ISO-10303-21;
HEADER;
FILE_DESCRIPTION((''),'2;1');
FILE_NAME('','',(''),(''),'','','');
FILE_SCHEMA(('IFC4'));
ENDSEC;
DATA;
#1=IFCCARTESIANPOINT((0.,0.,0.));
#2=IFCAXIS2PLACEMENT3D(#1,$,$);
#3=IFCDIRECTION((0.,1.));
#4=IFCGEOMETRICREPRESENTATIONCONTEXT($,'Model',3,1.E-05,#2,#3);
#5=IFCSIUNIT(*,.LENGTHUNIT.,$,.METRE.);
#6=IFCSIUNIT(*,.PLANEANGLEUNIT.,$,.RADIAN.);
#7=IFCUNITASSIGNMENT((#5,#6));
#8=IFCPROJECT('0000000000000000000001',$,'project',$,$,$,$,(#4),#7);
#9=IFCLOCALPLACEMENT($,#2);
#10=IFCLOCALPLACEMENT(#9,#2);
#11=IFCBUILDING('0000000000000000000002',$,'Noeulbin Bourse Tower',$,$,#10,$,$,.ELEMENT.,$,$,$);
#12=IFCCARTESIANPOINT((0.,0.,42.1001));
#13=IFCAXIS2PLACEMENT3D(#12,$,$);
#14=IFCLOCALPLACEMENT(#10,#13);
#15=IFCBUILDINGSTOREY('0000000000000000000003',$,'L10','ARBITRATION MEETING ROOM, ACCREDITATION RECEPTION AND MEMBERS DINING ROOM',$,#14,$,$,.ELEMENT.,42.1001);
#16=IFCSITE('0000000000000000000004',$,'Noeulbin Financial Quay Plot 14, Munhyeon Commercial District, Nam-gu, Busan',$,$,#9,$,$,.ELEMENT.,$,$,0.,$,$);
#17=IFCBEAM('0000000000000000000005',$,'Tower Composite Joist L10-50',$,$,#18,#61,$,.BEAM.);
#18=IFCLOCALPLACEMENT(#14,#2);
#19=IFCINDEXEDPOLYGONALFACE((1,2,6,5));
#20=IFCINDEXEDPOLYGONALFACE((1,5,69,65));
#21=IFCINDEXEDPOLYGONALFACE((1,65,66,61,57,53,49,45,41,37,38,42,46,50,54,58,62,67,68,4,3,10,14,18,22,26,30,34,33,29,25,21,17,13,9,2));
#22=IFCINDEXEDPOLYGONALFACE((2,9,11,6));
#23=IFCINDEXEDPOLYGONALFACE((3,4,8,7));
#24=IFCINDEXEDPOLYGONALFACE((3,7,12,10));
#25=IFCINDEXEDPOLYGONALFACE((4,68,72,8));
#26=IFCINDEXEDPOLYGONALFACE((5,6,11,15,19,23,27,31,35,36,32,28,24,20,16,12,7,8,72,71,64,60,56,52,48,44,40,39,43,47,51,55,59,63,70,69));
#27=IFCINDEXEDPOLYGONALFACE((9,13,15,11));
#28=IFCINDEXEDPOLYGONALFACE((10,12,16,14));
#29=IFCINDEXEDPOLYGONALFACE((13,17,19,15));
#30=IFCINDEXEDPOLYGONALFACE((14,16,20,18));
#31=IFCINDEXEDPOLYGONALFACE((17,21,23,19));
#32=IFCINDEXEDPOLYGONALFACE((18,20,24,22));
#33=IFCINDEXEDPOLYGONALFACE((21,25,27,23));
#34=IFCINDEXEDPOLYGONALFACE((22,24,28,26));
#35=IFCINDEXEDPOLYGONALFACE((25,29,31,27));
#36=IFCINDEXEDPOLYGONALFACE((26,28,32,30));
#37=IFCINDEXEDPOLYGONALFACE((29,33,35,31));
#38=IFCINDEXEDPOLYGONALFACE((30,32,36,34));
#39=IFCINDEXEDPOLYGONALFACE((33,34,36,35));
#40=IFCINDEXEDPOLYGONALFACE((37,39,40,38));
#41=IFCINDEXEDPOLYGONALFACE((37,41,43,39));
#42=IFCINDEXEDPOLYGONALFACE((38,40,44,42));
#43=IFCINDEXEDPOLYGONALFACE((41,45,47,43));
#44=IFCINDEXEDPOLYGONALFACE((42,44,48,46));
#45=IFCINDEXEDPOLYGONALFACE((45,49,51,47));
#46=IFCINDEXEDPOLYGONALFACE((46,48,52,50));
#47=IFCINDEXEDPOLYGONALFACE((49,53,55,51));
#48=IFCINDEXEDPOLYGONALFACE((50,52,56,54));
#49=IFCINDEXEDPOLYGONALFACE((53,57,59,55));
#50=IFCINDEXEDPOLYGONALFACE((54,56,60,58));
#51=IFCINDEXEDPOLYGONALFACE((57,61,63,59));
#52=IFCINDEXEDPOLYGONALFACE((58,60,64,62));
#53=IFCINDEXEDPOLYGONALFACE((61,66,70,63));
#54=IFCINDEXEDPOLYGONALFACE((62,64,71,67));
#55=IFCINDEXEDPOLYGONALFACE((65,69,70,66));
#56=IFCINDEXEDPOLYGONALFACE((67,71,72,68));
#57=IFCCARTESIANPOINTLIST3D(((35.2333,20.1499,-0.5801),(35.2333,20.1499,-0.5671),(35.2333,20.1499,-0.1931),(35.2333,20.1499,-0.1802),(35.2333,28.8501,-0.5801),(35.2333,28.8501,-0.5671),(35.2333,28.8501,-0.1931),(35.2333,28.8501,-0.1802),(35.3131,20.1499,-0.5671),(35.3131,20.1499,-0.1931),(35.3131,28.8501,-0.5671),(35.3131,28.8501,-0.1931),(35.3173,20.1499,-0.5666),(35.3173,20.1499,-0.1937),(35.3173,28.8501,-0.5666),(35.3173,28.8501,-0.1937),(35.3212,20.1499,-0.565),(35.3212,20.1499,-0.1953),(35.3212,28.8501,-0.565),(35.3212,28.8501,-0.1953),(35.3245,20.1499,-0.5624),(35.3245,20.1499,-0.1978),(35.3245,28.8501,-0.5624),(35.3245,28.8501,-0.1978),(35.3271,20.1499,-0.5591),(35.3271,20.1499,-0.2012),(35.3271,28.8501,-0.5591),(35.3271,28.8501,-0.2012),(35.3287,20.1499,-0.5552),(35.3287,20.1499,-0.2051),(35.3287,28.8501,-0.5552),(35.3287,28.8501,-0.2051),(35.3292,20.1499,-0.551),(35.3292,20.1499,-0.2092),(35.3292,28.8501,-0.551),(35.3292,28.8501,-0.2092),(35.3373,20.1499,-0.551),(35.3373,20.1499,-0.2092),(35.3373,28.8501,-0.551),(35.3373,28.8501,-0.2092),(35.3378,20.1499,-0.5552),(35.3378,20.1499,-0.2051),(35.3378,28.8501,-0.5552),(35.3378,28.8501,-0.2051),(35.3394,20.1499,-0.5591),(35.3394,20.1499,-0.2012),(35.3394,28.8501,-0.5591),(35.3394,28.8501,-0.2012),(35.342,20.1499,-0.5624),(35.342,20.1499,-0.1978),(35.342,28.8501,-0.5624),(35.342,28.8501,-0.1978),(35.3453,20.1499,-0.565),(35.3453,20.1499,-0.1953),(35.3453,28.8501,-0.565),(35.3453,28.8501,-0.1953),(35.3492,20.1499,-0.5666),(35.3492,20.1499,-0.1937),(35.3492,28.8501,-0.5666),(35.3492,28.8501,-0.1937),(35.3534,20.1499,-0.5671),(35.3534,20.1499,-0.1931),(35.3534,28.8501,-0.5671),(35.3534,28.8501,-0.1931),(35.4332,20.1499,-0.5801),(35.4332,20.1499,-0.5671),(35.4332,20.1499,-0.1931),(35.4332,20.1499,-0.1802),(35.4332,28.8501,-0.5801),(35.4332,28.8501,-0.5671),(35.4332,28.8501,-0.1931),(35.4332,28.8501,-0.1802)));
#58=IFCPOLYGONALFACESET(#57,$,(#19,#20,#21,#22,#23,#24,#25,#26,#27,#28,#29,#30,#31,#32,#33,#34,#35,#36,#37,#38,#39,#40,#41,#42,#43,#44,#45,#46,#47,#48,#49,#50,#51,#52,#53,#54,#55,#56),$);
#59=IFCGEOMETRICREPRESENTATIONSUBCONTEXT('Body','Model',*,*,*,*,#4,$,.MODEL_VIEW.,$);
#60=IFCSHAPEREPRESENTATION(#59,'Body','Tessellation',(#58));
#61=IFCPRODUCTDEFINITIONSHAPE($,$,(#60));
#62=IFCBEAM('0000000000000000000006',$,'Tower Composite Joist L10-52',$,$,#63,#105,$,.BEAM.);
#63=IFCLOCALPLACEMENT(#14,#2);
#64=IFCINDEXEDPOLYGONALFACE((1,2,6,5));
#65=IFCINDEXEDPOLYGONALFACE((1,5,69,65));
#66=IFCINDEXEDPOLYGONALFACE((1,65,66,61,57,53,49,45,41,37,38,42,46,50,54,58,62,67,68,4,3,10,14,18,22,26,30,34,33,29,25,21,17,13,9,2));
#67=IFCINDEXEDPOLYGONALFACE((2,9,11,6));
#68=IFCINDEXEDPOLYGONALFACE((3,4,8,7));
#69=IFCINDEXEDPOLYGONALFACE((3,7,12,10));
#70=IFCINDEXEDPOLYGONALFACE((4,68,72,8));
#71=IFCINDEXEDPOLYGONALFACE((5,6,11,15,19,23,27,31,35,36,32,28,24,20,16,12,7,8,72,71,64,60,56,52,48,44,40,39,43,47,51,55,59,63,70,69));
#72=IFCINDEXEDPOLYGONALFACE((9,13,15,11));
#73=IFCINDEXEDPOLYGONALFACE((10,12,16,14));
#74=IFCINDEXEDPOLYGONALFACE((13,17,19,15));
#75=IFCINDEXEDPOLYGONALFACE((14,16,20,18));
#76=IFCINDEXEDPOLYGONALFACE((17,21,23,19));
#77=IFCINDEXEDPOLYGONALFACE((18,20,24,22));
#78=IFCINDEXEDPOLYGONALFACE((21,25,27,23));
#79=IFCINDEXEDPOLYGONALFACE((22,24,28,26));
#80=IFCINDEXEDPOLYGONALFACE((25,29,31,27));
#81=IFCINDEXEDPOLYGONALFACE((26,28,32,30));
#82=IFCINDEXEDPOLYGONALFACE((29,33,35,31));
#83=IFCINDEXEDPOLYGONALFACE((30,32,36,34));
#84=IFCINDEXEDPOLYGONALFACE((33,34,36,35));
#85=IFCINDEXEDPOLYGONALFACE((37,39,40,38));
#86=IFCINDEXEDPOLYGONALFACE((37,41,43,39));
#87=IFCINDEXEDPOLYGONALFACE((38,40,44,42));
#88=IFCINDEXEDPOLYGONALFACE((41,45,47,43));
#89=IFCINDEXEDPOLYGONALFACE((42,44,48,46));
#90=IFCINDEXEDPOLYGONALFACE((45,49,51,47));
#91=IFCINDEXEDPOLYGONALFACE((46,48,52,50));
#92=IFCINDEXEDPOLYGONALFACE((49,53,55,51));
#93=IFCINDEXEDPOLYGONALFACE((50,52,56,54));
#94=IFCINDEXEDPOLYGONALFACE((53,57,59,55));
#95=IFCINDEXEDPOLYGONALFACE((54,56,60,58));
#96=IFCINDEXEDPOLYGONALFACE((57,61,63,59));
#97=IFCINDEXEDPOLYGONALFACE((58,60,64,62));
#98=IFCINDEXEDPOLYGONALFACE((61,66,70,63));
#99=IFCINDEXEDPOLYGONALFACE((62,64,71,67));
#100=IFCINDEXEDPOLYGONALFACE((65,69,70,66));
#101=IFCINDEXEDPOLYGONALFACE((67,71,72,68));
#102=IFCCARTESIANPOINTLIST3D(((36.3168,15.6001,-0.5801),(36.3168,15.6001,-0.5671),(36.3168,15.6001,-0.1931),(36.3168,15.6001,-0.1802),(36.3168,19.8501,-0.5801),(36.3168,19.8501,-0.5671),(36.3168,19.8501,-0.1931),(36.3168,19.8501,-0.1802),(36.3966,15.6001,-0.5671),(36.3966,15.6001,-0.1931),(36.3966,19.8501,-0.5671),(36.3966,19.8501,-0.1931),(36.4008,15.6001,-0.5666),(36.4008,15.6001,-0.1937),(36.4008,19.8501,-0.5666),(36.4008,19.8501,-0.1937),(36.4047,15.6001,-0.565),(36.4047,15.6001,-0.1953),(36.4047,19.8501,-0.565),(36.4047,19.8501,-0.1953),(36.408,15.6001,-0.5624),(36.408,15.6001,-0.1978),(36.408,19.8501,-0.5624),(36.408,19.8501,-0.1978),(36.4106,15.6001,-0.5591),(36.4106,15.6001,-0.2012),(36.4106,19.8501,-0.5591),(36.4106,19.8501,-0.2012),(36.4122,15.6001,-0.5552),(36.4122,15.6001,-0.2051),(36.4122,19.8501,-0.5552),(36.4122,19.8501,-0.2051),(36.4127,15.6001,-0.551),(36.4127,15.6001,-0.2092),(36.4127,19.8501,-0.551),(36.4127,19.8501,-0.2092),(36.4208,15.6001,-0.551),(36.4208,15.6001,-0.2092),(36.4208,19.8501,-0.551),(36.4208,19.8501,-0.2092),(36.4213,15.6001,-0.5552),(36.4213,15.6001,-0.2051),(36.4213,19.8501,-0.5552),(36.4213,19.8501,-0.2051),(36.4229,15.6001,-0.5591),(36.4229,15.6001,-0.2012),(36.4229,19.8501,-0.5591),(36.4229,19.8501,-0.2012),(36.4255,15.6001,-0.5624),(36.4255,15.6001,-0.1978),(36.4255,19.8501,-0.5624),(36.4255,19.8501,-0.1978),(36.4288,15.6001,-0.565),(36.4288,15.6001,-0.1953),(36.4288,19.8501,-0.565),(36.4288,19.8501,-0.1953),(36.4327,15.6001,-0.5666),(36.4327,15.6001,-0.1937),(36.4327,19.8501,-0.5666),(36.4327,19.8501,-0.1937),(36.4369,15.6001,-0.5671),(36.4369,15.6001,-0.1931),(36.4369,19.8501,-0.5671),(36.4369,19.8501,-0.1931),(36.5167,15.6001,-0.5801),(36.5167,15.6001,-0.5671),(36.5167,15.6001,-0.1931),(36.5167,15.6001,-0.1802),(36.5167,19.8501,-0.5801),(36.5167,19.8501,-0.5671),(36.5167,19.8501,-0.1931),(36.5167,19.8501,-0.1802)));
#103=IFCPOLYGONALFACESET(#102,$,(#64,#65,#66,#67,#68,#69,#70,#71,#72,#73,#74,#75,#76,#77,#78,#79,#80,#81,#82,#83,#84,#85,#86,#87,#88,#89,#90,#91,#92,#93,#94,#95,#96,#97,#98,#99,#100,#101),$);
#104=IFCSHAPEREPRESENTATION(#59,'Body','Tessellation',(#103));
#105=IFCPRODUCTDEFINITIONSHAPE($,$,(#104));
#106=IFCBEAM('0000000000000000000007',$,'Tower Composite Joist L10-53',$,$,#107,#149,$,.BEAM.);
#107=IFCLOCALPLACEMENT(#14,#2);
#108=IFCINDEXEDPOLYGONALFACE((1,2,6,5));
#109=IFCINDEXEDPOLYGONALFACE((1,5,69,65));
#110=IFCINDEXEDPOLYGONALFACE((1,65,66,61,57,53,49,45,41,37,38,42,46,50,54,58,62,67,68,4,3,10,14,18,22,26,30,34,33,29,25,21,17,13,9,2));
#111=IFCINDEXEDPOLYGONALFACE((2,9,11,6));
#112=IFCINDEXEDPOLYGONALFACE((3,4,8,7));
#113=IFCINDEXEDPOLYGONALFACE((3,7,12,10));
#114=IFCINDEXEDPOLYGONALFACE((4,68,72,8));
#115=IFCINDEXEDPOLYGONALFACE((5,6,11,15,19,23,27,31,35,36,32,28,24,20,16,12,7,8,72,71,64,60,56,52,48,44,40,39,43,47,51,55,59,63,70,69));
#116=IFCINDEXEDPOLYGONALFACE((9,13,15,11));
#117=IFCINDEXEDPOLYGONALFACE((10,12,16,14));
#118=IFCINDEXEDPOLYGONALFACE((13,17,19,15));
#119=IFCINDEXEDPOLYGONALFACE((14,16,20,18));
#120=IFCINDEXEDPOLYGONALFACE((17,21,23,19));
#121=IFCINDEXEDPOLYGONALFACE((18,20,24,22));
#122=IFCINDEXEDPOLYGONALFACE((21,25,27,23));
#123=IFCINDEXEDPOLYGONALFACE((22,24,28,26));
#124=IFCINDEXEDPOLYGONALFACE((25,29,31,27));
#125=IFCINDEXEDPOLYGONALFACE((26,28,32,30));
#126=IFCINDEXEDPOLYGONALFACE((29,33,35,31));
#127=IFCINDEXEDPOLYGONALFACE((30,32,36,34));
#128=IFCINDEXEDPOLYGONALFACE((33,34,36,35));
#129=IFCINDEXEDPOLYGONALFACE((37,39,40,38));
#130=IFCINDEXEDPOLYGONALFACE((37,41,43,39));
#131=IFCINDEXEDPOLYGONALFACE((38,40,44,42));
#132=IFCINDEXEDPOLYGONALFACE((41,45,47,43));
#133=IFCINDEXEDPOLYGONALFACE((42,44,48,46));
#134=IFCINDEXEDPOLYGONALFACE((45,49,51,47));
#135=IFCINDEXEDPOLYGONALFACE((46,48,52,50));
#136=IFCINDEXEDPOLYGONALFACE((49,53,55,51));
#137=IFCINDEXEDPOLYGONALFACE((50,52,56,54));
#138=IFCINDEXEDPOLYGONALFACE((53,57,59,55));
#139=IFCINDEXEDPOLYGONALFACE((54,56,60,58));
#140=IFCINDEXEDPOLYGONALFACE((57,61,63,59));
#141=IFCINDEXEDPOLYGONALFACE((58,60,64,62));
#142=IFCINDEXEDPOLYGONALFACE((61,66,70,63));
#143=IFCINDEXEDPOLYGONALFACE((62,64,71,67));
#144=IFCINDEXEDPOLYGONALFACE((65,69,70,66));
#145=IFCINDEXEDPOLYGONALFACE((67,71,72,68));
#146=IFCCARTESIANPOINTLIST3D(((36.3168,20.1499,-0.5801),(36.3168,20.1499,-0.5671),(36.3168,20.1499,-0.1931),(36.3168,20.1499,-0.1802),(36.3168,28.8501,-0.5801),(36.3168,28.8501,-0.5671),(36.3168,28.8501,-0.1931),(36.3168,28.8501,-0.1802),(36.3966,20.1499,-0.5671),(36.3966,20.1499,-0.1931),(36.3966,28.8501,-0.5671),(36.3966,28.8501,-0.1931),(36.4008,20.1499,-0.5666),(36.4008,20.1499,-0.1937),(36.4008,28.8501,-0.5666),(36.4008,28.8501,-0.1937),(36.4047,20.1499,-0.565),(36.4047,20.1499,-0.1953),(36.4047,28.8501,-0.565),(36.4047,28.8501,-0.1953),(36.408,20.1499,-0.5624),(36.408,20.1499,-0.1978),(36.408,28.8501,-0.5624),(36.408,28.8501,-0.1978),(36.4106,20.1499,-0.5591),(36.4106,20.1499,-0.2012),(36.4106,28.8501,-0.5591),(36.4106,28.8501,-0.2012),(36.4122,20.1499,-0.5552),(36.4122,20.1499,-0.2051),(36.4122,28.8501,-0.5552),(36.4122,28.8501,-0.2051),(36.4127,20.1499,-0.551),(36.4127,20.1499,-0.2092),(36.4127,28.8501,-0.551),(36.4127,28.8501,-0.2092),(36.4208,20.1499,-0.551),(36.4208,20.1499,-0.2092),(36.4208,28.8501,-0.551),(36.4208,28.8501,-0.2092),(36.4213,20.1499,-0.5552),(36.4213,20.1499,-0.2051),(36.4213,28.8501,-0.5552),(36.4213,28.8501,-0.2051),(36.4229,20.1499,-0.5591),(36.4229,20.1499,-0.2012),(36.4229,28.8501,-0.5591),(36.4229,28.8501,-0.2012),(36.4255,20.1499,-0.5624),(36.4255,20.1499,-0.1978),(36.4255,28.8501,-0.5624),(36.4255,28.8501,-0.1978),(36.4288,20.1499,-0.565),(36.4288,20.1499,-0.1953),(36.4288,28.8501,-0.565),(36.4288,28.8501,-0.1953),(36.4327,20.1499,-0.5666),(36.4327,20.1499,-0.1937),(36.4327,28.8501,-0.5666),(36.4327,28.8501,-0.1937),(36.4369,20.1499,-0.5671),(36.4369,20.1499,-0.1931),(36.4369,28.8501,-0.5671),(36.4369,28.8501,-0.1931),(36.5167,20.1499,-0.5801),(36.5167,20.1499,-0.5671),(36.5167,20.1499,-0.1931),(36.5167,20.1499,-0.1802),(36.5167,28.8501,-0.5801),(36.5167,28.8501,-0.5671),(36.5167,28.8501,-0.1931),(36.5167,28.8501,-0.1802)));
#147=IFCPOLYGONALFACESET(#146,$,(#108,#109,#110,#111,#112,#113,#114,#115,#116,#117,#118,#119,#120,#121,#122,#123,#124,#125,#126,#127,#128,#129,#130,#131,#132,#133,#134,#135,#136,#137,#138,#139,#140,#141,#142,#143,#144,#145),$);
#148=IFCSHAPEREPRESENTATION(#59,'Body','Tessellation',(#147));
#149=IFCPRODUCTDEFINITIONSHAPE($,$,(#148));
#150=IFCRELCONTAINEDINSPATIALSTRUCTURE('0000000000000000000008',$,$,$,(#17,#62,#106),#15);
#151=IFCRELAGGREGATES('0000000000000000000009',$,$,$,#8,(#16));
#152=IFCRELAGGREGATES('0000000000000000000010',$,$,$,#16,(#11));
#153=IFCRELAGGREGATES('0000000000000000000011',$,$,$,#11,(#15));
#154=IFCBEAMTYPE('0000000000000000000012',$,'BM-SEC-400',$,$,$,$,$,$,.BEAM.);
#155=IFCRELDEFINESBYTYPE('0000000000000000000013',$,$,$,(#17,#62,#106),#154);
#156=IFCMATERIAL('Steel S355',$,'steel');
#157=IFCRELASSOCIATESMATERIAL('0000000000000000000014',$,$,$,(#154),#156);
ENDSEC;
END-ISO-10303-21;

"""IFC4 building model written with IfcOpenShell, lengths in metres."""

from ifc_helpers import new_model, si_unit, direction, frame, origin, origin_2d, place, context, subcontext, project, spatial, i_section, extrude, material, material_profile, profile_set, type_object, element, save


model = new_model("IFC4")

# Units and contexts
model_context = context("Model", 3, precision=1e-05, world=origin(), true_north=direction((0.0, 1.0)))
body_context = subcontext(model_context, "Body", "Model", "MODEL_VIEW")
ifc_project = project(units=[si_unit("LENGTHUNIT", "METRE"), si_unit("PLANEANGLEUNIT", "RADIAN")], contexts=[model_context])

# Site, building, storey
site_placement = place(None, origin())
site = spatial("IfcSite", under=ifc_project, at=site_placement, Name="Noeulbin Financial Quay Plot 14, Munhyeon Commercial District, Nam-gu, Busan", CompositionType="ELEMENT", RefElevation=0.0)
building_placement = place(site_placement, origin())
building = spatial("IfcBuilding", under=site, at=building_placement, Name="Noeulbin Bourse Tower", CompositionType="ELEMENT")
storey_placement = place(building_placement, frame((0.0, 0.0, 42.1001)))
storey = spatial("IfcBuildingStorey", under=building, at=storey_placement, Name="L10", Description="ARBITRATION MEETING ROOM, ACCREDITATION RECEPTION AND MEMBERS DINING ROOM", CompositionType="ELEMENT", Elevation=42.1001)

# Beams
ifc_material_1 = material(Name="Steel S355", Category="steel")
ifc_material_profile_1 = material_profile(ifc_material_1, i_section(OverallWidth=0.2, OverallDepth=0.3999, WebThickness=0.0081, FlangeThickness=0.0129, FilletRadius=0.0161, at=origin_2d()), Name="H-400x200x8x13", Category="LoadBearing")
ifc_profile_set_1 = profile_set([ifc_material_profile_1], Name="Steel S355")
beam_type_1 = type_object("IfcBeamType", Name="BM-SEC-400", PredefinedType="BEAM", material=ifc_profile_set_1)
beam_1_placement = place(storey_placement, frame((35.3333, 20.1499, -0.3801), z_axis=(0.0, 1.0, 0.0), x_axis=(-1.0, 0.0, 0.0)))
element("IfcBeam", 1, at=beam_1_placement, inside=storey, type_object=beam_type_1, Name="Tower Composite Joist L10-50", PredefinedType="BEAM", context=body_context, shape_type="SweptSolid", body=[
    extrude(i_section(OverallWidth=0.2, OverallDepth=0.3999, WebThickness=0.0081, FlangeThickness=0.0129, FilletRadius=0.0161, at=origin_2d()), origin(), (0.0, 0.0, 1.0), 8.7002),
])
beam_2_placement = place(storey_placement, frame((36.4167, 15.6001, -0.3801), z_axis=(0.0, 1.0, 0.0), x_axis=(-1.0, 0.0, 0.0)))
element("IfcBeam", 2, at=beam_2_placement, inside=storey, type_object=beam_type_1, Name="Tower Composite Joist L10-52", PredefinedType="BEAM", context=body_context, shape_type="SweptSolid", body=[
    extrude(i_section(OverallWidth=0.2, OverallDepth=0.3999, WebThickness=0.0081, FlangeThickness=0.0129, FilletRadius=0.0161, at=origin_2d()), origin(), (0.0, 0.0, 1.0), 4.25),
])
beam_3_placement = place(storey_placement, frame((36.4167, 20.1499, -0.3801), z_axis=(0.0, 1.0, 0.0), x_axis=(-1.0, 0.0, 0.0)))
element("IfcBeam", 3, at=beam_3_placement, inside=storey, type_object=beam_type_1, Name="Tower Composite Joist L10-53", PredefinedType="BEAM", context=body_context, shape_type="SweptSolid", body=[
    extrude(i_section(OverallWidth=0.2, OverallDepth=0.3999, WebThickness=0.0081, FlangeThickness=0.0129, FilletRadius=0.0161, at=origin_2d()), origin(), (0.0, 0.0, 1.0), 8.7002),
])

save(model, "model.ifc")
